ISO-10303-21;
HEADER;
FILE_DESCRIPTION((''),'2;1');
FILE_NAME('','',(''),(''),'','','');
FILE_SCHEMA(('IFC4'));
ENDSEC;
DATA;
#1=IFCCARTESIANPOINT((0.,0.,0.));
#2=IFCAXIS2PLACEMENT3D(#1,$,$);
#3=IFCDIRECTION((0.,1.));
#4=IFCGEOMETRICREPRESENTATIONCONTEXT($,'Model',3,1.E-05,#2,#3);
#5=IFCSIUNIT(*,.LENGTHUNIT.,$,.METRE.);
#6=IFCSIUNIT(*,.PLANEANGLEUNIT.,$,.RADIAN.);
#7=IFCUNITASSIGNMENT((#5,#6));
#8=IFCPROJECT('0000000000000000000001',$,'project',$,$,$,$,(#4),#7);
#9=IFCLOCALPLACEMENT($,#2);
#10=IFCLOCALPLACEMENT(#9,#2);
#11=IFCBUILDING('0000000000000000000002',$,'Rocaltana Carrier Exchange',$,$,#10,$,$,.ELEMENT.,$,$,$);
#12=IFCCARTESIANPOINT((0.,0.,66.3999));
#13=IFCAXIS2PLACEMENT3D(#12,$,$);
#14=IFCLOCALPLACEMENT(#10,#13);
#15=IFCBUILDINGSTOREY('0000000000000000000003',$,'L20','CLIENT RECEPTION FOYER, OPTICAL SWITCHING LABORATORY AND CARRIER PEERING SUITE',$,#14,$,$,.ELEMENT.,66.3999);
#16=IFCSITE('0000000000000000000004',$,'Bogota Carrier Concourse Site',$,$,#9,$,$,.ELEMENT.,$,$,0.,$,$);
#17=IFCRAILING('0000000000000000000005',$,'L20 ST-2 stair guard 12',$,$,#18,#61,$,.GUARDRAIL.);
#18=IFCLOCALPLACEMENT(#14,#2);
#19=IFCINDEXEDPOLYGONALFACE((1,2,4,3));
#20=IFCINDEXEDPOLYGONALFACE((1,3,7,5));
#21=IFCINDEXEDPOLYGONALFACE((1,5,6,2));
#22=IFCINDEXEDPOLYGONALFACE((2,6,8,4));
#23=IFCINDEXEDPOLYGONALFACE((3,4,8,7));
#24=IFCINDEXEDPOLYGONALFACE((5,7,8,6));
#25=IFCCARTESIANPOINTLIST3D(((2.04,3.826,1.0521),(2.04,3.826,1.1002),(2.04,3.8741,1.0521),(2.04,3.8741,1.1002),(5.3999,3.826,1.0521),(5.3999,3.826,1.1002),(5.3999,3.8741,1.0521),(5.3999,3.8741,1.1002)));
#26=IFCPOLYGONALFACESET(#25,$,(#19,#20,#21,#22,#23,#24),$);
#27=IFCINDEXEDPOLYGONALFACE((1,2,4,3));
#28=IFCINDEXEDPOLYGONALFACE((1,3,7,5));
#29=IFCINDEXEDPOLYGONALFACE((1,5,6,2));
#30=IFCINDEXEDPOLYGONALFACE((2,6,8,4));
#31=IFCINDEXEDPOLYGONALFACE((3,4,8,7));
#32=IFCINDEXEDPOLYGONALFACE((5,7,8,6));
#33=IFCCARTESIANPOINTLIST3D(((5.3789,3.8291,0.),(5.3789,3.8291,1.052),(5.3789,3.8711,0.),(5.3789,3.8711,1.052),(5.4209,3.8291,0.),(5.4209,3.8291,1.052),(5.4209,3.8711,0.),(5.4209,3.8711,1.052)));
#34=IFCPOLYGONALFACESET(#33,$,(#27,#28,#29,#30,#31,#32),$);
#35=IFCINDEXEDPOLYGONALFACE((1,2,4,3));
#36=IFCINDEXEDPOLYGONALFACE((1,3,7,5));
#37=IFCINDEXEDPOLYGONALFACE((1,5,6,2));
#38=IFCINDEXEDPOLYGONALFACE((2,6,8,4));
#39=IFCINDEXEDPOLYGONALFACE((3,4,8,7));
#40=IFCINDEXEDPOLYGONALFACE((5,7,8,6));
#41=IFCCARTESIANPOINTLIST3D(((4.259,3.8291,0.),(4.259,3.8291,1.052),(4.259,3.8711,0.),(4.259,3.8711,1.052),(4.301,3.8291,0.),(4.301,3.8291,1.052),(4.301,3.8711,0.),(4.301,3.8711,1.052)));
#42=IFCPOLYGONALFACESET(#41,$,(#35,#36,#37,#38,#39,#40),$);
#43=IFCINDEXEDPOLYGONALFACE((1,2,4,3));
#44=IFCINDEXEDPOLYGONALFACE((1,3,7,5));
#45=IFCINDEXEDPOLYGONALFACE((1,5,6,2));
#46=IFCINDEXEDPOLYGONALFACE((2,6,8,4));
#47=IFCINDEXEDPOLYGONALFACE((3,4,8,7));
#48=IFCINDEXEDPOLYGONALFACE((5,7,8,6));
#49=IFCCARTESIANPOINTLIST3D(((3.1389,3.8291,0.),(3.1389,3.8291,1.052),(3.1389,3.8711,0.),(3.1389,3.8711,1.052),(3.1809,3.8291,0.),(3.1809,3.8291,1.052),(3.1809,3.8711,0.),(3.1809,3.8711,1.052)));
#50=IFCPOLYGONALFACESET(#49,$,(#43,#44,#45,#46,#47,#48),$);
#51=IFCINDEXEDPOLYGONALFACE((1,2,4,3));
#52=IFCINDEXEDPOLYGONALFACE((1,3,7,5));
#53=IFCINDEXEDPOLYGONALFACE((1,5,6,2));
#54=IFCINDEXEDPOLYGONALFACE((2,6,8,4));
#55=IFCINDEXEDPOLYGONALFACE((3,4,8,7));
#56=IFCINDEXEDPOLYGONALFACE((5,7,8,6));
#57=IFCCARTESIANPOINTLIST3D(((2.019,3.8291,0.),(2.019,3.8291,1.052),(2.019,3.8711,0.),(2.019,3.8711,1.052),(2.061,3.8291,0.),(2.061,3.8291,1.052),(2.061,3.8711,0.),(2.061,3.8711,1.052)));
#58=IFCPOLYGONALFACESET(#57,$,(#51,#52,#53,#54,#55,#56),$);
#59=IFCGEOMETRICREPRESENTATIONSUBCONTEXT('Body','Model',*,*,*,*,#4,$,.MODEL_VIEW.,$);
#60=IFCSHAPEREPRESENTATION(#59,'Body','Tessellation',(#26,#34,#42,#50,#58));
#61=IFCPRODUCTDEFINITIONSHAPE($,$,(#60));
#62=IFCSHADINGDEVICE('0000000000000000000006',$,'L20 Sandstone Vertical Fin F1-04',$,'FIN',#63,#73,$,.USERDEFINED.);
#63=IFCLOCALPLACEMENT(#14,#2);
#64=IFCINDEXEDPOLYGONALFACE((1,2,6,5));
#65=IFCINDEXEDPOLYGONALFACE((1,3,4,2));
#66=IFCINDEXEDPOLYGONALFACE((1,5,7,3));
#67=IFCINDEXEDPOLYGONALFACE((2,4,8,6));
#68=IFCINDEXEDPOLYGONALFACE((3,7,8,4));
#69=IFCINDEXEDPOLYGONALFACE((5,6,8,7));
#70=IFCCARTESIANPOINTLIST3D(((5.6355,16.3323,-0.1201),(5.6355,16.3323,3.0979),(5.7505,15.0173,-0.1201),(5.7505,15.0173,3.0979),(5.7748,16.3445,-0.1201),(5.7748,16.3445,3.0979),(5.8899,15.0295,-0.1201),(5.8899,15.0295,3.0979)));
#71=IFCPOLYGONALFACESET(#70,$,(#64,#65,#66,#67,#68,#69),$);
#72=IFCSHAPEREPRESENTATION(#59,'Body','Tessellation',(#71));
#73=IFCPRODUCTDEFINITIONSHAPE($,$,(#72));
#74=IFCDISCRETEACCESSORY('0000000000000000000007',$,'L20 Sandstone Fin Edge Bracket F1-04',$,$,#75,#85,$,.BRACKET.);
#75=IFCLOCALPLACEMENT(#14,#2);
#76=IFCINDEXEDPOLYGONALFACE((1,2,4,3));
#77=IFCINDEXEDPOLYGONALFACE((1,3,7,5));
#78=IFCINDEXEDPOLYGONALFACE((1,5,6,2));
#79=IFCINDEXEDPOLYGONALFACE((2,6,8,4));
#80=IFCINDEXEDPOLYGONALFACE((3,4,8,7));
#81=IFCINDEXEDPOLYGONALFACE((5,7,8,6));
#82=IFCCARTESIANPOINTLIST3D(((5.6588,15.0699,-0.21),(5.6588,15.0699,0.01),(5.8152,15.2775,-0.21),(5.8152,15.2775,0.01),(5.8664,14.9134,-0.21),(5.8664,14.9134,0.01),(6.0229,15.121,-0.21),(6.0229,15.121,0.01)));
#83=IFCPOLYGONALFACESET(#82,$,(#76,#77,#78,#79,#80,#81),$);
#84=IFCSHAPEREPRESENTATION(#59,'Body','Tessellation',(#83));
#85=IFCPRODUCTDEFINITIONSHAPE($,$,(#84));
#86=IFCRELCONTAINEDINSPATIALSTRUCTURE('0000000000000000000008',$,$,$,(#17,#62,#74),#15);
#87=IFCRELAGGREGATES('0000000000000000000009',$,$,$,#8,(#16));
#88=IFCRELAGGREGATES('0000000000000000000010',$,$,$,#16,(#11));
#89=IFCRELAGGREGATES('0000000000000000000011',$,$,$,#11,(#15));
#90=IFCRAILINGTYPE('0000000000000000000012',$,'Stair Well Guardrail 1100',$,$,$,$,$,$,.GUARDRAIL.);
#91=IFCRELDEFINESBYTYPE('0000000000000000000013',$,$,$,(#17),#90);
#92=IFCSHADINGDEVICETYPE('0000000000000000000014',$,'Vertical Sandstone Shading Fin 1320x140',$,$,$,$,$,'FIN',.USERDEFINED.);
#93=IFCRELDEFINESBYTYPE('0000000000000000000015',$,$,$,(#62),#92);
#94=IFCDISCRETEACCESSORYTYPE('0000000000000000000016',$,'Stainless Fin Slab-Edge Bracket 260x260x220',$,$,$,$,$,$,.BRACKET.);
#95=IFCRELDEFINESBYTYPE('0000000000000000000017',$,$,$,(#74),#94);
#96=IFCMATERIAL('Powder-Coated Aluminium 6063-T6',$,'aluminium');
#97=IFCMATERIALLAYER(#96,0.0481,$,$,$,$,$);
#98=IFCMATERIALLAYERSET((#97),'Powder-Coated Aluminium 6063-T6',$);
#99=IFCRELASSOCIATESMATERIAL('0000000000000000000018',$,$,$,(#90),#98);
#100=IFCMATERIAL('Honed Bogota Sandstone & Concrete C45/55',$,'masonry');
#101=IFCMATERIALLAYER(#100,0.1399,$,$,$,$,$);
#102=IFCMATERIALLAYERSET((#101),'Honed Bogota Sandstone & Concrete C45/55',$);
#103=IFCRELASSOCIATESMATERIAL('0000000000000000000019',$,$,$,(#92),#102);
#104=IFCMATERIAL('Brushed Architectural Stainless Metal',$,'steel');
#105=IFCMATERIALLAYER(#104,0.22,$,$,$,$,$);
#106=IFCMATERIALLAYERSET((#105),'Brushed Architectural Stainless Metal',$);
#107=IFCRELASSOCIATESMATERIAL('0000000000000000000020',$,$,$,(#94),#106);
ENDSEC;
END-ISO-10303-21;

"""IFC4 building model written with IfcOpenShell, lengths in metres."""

from ifc_helpers import new_model, si_unit, direction, frame, origin, origin_2d, place, context, subcontext, project, spatial, rectangle, extrude, material, layer, layer_set, type_object, element, save


model = new_model("IFC4")

# Units and contexts
model_context = context("Model", 3, precision=1e-05, world=origin(), true_north=direction((0.0, 1.0)))
body_context = subcontext(model_context, "Body", "Model", "MODEL_VIEW")
ifc_project = project(units=[si_unit("LENGTHUNIT", "METRE"), si_unit("PLANEANGLEUNIT", "RADIAN")], contexts=[model_context])

# Site, building, storey
site_placement = place(None, origin())
site = spatial("IfcSite", under=ifc_project, at=site_placement, Name="Bogota Carrier Concourse Site", CompositionType="ELEMENT", RefElevation=0.0)
building_placement = place(site_placement, origin())
building = spatial("IfcBuilding", under=site, at=building_placement, Name="Rocaltana Carrier Exchange", CompositionType="ELEMENT")
storey_placement = place(building_placement, frame((0.0, 0.0, 66.3999)))
storey = spatial("IfcBuildingStorey", under=building, at=storey_placement, Name="L20", Description="CLIENT RECEPTION FOYER, OPTICAL SWITCHING LABORATORY AND CARRIER PEERING SUITE", CompositionType="ELEMENT", Elevation=66.3999)

# Railing
ifc_material_1 = material(Name="Powder-Coated Aluminium 6063-T6", Category="aluminium")
ifc_layer_1 = layer(ifc_material_1, 0.0481)
ifc_layer_set_1 = layer_set([ifc_layer_1], Name="Powder-Coated Aluminium 6063-T6")
railing_type = type_object("IfcRailingType", Name="Stair Well Guardrail 1100", PredefinedType="GUARDRAIL", material=ifc_layer_set_1)
railing_1_placement = place(storey_placement, frame((5.3999, 3.8501, 0.0)))
element("IfcRailing", 1, at=railing_1_placement, inside=storey, type_object=railing_type, Name="L20 ST-2 stair guard 12", PredefinedType="GUARDRAIL", context=body_context, shape_type="SweptSolid", body=[
    extrude(rectangle(XDim=0.0481, YDim=0.0481, at=origin_2d()), frame((0.0, 0.0, 1.0762), z_axis=(-1.0, 0.0, 0.0), x_axis=(0.0, -1.0, 0.0)), (0.0, 0.0, 1.0), 3.3599),
    extrude(rectangle(XDim=0.042, YDim=0.042, at=origin_2d()), origin(), (0.0, 0.0, 1.0), 1.052),
    extrude(rectangle(XDim=0.042, YDim=0.042, at=origin_2d()), frame((-1.1199, 0.0, 0.0)), (0.0, 0.0, 1.0), 1.052),
    extrude(rectangle(XDim=0.042, YDim=0.042, at=origin_2d()), frame((-2.24, 0.0, 0.0)), (0.0, 0.0, 1.0), 1.052),
    extrude(rectangle(XDim=0.042, YDim=0.042, at=origin_2d()), frame((-3.3599, 0.0, 0.0)), (0.0, 0.0, 1.0), 1.052),
])

# Shading device
ifc_material_2 = material(Name="Honed Bogota Sandstone & Concrete C45/55", Category="masonry")
ifc_layer_2 = layer(ifc_material_2, 0.1399)
ifc_layer_set_2 = layer_set([ifc_layer_2], Name="Honed Bogota Sandstone & Concrete C45/55")
shading_device_type = type_object("IfcShadingDeviceType", Name="Vertical Sandstone Shading Fin 1320x140", ElementType="FIN", PredefinedType="USERDEFINED", material=ifc_layer_set_2)
shading_device_placement = place(storey_placement, frame((5.7627, 15.6809, -0.1201), z_axis=(0.0, 0.0, 1.0), x_axis=(-0.087156, 0.996195, 0.0)))
element("IfcShadingDevice", 2, at=shading_device_placement, inside=storey, type_object=shading_device_type, Name="L20 Sandstone Vertical Fin F1-04", ObjectType="FIN", PredefinedType="USERDEFINED", context=body_context, shape_type="SweptSolid", body=[
    extrude(rectangle(XDim=1.3201, YDim=0.1399, at=origin_2d()), origin(), (0.0, 0.0, 1.0), 3.218),
])

# Discrete accessory
ifc_material_3 = material(Name="Brushed Architectural Stainless Metal", Category="steel")
ifc_layer_3 = layer(ifc_material_3, 0.22)
ifc_layer_set_3 = layer_set([ifc_layer_3], Name="Brushed Architectural Stainless Metal")
discrete_accessory_type = type_object("IfcDiscreteAccessoryType", Name="Stainless Fin Slab-Edge Bracket 260x260x220", PredefinedType="BRACKET", material=ifc_layer_set_3)
discrete_accessory_placement = place(storey_placement, frame((5.8408, 15.0955, -0.21), z_axis=(0.0, 0.0, 1.0), x_axis=(-0.798636, 0.601815, 0.0)))
element("IfcDiscreteAccessory", 3, at=discrete_accessory_placement, inside=storey, type_object=discrete_accessory_type, Name="L20 Sandstone Fin Edge Bracket F1-04", PredefinedType="BRACKET", context=body_context, shape_type="SweptSolid", body=[
    extrude(rectangle(XDim=0.26, YDim=0.26, at=origin_2d()), origin(), (0.0, 0.0, 1.0), 0.22),
])

save(model, "model.ifc")
